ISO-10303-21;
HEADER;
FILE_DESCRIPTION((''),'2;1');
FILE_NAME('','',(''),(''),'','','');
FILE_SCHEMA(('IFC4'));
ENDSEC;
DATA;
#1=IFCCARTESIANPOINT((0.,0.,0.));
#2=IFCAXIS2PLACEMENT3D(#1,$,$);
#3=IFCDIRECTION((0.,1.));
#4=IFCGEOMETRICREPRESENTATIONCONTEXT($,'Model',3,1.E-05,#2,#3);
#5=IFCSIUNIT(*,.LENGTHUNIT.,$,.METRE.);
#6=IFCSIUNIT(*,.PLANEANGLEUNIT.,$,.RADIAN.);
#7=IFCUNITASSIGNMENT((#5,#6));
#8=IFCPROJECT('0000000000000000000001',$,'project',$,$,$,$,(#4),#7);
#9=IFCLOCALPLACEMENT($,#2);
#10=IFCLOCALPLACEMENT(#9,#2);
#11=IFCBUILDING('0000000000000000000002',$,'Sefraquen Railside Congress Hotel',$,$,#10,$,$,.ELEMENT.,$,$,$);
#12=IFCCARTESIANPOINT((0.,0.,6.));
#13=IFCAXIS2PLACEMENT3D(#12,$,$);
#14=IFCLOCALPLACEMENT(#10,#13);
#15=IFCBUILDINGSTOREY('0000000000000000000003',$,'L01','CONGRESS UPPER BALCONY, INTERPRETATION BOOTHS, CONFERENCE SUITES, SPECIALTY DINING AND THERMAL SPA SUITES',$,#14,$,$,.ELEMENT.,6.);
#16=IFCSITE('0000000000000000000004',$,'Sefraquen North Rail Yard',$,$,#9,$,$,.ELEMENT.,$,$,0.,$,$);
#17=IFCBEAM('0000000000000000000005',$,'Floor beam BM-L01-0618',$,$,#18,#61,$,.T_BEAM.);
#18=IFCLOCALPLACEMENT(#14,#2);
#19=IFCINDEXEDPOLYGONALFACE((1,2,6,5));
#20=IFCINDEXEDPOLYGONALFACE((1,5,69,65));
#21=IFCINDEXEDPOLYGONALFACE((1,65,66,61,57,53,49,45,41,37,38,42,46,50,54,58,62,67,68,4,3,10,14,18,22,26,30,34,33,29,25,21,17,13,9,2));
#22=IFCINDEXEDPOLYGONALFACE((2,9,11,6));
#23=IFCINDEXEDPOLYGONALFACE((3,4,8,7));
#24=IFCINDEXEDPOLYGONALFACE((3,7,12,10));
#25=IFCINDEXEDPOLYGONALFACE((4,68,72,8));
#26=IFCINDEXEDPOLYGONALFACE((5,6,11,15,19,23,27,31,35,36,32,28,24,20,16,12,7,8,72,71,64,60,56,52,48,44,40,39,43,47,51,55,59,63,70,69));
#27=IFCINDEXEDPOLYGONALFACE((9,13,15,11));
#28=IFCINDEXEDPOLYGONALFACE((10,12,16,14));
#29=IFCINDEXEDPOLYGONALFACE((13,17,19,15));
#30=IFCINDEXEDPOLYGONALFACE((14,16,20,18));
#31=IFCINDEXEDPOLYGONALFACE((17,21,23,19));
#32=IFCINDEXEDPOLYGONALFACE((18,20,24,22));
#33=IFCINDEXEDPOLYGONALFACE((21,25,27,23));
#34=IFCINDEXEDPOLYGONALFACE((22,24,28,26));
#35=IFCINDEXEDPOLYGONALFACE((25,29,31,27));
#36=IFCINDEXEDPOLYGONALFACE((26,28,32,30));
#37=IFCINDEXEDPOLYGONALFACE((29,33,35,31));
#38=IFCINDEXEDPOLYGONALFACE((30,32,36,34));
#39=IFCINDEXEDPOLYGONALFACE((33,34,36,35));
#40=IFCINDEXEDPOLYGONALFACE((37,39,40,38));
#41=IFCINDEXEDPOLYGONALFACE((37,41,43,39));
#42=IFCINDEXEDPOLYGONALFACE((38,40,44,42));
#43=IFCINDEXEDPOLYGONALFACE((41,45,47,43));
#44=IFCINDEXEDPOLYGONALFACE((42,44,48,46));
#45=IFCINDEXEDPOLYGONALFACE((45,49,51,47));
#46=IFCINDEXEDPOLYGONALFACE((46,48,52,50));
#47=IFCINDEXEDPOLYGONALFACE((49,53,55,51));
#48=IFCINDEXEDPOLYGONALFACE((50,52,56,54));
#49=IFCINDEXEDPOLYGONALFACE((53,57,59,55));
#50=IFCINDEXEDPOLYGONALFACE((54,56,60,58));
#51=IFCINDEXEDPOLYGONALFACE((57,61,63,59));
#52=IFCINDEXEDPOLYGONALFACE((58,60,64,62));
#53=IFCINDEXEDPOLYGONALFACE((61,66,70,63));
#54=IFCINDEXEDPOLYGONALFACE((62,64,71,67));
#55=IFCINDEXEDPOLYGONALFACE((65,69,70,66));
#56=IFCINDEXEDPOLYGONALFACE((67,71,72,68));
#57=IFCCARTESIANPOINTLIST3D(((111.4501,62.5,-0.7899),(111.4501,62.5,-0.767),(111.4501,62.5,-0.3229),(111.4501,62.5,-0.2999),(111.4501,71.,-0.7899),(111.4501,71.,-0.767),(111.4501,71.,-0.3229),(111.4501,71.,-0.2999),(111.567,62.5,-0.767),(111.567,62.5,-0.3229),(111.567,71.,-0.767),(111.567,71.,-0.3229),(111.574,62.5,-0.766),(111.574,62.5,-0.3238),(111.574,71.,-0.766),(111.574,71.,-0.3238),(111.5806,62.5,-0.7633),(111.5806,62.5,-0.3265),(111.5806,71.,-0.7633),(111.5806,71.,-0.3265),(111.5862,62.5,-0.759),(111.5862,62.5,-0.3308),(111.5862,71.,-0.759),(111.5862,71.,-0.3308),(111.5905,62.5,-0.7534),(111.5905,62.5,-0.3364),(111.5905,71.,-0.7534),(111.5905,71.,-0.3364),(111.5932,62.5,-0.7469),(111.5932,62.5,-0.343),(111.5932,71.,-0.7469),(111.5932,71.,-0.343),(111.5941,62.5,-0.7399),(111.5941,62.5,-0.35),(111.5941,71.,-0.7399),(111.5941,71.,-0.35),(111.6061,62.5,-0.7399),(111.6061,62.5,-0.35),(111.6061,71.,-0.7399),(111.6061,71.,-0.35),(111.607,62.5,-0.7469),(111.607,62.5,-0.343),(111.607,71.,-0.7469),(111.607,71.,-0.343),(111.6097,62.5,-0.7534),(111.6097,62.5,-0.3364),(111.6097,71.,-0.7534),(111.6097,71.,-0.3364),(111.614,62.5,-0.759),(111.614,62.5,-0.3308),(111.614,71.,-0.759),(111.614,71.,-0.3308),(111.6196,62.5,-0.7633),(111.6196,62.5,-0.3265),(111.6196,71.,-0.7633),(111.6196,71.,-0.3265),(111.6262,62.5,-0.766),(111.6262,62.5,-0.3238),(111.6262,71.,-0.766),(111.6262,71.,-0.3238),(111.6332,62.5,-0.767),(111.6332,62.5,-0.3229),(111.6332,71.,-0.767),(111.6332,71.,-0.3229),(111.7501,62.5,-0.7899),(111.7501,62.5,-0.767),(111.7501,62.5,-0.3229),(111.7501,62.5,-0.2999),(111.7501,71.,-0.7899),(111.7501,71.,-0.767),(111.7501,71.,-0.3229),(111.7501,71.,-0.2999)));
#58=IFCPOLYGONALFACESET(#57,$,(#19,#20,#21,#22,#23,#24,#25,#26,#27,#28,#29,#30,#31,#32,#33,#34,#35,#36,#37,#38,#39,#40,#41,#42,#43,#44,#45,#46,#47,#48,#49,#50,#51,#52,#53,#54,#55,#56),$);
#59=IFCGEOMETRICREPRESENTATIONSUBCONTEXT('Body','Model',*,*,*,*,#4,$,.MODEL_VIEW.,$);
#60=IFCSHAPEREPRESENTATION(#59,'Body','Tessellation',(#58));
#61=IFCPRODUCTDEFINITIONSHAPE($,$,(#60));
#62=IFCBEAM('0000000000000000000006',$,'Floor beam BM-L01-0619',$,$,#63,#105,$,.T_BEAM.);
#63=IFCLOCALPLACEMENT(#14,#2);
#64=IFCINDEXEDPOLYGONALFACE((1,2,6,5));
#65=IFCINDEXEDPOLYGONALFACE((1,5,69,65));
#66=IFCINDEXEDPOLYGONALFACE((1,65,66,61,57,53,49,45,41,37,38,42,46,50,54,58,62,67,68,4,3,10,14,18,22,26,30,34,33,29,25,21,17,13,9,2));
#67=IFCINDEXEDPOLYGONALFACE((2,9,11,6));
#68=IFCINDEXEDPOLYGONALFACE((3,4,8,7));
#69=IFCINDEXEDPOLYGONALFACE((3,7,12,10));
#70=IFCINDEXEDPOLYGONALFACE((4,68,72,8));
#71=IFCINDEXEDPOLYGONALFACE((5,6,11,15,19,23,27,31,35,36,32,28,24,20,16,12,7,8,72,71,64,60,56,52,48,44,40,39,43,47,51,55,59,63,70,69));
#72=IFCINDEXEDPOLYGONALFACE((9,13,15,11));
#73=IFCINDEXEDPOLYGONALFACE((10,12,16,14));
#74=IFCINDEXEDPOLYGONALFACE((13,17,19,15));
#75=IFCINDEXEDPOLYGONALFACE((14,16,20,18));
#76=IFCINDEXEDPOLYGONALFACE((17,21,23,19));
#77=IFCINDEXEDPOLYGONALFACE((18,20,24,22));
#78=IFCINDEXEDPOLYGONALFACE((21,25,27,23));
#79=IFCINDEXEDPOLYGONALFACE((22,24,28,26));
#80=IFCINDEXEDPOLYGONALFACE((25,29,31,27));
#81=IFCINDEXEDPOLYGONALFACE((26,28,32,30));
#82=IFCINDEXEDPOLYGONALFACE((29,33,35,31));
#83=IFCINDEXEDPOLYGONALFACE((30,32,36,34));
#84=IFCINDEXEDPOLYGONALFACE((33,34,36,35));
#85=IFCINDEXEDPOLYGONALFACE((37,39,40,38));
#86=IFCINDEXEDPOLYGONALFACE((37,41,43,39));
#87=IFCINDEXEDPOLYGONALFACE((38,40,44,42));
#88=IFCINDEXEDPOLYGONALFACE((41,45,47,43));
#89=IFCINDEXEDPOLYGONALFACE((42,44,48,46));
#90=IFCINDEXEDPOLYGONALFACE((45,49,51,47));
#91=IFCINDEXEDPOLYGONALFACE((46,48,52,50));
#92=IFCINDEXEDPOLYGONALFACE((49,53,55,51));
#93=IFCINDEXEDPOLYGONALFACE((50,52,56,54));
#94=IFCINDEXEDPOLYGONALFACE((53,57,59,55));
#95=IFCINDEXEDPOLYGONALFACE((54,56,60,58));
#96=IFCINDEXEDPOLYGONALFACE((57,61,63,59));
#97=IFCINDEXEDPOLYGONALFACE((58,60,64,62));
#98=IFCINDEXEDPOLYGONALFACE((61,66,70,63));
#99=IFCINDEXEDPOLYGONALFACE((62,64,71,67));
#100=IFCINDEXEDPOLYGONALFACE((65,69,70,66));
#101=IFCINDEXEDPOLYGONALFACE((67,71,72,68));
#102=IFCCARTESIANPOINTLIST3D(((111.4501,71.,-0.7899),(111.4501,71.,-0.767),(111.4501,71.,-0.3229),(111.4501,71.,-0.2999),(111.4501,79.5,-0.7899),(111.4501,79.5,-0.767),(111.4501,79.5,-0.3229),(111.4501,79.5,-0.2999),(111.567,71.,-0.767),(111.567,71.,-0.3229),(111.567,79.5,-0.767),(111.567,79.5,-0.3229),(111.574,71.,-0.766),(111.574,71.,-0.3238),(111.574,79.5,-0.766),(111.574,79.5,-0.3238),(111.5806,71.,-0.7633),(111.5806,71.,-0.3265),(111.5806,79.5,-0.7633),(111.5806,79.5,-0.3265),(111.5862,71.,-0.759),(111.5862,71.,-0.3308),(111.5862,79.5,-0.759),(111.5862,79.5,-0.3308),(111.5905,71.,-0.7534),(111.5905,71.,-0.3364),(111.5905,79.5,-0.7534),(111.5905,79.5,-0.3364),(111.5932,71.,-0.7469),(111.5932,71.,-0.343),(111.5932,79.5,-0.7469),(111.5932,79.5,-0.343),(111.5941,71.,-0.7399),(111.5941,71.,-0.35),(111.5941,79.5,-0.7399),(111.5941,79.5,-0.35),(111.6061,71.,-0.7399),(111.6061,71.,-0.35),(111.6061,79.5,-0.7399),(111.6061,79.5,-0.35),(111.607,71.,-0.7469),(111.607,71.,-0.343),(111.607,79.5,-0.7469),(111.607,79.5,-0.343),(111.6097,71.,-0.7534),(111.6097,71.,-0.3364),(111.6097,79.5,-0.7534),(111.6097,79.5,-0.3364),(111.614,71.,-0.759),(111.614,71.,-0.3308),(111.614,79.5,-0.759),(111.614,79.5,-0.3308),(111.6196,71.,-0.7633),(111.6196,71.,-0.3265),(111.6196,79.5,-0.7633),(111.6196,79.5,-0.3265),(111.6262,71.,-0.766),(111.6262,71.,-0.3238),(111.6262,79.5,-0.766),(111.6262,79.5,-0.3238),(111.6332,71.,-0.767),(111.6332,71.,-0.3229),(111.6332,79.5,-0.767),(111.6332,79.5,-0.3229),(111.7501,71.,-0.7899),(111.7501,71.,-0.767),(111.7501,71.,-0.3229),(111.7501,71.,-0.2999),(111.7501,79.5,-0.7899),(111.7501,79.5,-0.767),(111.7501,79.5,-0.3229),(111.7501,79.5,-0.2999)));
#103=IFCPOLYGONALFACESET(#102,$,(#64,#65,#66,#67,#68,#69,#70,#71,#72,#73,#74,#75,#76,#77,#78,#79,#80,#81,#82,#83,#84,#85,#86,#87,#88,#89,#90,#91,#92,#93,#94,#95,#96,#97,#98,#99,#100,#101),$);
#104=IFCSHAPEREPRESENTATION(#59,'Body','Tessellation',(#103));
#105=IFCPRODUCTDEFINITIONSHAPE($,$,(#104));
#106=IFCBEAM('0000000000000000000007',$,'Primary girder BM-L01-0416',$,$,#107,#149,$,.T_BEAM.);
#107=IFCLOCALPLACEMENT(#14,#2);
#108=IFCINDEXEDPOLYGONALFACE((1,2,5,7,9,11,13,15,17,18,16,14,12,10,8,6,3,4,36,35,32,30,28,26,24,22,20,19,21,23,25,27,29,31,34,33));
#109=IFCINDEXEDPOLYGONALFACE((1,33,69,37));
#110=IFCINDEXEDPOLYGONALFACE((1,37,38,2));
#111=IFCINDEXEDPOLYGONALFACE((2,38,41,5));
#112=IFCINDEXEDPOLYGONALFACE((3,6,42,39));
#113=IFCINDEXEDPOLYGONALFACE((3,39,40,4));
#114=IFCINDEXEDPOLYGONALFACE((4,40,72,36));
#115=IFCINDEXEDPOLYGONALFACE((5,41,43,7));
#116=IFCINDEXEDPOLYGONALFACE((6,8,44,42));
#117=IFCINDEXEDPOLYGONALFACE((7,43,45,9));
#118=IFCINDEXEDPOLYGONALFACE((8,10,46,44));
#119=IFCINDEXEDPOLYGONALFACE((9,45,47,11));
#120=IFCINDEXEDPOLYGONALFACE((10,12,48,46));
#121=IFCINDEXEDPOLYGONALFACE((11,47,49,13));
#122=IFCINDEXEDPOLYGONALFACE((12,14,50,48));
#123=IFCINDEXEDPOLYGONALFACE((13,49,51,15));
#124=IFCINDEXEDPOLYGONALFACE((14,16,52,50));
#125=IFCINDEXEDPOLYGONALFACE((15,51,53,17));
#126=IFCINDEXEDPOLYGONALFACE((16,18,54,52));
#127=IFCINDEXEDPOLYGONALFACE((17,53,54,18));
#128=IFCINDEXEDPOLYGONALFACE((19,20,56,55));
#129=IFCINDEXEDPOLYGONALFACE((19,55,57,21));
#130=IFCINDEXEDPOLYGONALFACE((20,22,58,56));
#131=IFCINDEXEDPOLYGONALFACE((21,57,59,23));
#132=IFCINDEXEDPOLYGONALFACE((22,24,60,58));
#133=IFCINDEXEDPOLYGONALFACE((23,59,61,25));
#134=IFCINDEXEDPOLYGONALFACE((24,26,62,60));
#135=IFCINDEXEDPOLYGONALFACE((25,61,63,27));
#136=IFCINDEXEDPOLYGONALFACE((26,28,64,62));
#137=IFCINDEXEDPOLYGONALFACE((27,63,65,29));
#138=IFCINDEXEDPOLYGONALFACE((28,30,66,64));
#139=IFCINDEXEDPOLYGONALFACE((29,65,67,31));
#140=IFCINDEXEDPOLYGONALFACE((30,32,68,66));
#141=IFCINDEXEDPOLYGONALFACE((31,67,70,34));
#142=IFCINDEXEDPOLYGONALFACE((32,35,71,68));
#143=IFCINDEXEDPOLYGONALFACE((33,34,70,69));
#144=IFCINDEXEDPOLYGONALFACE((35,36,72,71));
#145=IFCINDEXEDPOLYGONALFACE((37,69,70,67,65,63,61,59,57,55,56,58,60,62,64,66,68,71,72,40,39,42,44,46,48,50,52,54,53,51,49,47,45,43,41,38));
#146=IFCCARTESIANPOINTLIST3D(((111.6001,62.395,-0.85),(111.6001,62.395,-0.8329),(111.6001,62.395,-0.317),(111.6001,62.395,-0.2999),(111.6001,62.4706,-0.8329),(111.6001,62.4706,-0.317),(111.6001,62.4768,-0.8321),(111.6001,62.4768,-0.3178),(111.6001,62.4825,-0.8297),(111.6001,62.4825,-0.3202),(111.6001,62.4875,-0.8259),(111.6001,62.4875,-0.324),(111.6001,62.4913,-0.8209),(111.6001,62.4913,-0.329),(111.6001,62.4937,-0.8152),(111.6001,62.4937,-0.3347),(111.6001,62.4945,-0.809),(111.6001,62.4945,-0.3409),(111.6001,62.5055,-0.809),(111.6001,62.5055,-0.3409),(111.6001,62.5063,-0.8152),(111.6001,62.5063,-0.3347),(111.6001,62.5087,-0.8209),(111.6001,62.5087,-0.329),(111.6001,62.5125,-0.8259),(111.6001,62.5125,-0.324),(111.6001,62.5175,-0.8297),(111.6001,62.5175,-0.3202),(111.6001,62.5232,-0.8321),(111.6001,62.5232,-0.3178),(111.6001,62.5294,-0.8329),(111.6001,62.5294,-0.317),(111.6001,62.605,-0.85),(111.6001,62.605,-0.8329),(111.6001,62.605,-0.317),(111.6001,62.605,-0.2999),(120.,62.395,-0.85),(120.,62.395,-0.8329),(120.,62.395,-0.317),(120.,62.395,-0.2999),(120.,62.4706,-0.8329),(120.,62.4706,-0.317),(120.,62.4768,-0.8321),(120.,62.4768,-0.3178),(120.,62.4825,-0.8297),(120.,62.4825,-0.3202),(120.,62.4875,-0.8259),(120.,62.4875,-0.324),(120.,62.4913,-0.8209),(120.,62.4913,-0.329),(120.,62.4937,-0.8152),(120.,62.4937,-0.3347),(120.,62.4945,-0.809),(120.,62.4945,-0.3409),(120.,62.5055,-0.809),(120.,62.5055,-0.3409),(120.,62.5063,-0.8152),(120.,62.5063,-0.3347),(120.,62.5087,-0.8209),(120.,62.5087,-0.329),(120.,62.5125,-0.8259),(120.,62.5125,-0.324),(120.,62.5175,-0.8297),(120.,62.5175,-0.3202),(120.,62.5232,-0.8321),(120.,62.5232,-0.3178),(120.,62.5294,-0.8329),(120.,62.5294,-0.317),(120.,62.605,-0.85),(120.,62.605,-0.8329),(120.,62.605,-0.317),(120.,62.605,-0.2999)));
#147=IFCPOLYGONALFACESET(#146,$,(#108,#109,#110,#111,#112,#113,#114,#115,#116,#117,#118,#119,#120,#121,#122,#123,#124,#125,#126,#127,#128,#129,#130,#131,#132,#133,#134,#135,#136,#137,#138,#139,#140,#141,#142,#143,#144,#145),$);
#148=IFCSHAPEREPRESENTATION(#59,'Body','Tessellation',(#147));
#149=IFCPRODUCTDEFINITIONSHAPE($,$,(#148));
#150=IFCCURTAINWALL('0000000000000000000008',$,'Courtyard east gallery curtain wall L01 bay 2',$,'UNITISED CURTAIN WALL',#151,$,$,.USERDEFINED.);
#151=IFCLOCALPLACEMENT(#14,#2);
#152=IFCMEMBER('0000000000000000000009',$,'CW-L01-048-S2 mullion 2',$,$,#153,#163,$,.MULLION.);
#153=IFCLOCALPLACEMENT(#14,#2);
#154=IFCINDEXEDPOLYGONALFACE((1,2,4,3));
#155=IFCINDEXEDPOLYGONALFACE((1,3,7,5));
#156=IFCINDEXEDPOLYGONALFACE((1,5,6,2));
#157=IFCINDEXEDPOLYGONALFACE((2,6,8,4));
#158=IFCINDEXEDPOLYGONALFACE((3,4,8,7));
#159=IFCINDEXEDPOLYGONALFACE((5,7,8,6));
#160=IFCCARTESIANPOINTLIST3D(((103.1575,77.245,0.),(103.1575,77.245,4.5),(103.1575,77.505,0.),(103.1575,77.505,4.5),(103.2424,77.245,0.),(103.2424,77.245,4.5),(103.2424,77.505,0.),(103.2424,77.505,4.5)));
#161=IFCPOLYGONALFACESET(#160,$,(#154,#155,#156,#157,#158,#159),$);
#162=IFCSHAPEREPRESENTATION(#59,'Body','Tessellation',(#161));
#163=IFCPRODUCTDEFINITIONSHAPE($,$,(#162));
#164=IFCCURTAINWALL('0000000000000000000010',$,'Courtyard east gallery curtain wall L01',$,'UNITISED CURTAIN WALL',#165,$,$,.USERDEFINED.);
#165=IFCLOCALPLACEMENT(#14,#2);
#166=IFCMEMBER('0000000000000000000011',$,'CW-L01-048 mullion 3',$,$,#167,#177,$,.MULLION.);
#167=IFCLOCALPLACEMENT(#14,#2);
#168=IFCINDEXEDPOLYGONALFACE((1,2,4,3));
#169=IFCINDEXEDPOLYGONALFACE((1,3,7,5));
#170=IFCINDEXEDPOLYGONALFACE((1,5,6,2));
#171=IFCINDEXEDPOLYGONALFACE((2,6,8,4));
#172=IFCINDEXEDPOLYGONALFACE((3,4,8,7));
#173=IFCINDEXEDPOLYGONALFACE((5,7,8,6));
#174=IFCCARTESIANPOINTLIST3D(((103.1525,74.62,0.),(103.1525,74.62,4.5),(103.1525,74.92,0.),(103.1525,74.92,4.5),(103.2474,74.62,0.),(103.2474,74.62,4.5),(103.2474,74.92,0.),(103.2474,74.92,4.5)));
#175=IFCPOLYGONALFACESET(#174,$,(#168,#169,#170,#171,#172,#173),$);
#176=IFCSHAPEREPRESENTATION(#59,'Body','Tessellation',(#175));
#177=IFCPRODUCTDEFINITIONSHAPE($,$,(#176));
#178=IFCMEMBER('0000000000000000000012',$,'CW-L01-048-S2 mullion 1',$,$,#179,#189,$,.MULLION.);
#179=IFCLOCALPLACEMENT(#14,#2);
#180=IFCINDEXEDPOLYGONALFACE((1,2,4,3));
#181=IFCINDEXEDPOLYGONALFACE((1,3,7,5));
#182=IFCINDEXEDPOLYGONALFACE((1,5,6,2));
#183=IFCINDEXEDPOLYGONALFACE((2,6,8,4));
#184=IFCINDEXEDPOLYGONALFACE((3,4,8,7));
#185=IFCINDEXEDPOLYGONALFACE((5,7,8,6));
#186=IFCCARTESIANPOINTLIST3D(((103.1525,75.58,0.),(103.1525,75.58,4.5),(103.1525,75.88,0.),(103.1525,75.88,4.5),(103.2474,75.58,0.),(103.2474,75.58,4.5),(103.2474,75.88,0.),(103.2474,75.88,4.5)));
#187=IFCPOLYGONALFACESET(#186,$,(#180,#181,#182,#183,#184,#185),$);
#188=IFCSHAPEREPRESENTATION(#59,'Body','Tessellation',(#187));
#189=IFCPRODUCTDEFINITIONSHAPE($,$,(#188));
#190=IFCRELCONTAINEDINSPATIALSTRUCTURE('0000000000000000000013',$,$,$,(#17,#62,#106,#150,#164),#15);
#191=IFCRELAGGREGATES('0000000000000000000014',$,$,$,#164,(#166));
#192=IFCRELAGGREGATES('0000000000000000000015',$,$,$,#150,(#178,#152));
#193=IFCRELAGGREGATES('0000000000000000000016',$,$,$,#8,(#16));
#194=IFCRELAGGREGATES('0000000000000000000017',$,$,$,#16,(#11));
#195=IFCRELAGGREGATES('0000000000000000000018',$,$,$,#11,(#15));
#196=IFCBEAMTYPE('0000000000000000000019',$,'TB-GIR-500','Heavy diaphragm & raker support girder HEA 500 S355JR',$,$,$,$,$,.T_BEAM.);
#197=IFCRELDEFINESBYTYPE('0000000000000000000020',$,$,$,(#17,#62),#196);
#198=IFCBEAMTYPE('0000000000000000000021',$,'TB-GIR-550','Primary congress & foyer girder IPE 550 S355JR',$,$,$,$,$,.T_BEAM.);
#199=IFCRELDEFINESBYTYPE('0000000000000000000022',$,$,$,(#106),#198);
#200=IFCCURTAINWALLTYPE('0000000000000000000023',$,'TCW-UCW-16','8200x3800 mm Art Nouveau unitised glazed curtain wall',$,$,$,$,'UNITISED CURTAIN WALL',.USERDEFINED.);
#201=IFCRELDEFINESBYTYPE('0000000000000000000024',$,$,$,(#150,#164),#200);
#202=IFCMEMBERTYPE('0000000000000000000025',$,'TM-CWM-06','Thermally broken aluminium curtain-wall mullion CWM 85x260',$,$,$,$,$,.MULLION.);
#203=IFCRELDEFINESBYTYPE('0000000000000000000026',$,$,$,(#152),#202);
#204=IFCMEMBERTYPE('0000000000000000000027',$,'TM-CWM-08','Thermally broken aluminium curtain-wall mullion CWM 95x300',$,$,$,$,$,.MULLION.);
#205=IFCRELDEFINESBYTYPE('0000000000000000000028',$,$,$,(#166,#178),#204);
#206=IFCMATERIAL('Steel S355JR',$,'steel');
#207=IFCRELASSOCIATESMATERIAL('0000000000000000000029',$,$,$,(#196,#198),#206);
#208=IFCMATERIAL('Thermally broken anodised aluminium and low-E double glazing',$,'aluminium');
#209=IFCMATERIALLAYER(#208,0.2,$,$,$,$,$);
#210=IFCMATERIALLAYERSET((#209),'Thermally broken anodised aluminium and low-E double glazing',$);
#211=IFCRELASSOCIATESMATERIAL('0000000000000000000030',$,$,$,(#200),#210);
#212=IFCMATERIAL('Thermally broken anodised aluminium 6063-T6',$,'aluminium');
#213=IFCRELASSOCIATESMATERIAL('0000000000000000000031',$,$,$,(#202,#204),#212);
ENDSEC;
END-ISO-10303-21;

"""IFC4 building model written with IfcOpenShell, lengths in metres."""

from ifc_helpers import new_model, si_unit, direction, frame, origin, origin_2d, place, context, subcontext, project, spatial, rectangle, i_section, extrude, material, layer, layer_set, material_profile, profile_set, type_object, element, aggregate, save


model = new_model("IFC4")

# Units and contexts
model_context = context("Model", 3, precision=1e-05, world=origin(), true_north=direction((0.0, 1.0)))
body_context = subcontext(model_context, "Body", "Model", "MODEL_VIEW")
ifc_project = project(units=[si_unit("LENGTHUNIT", "METRE"), si_unit("PLANEANGLEUNIT", "RADIAN")], contexts=[model_context])

# Site, building, storey
site_placement = place(None, origin())
site = spatial("IfcSite", under=ifc_project, at=site_placement, Name="Sefraquen North Rail Yard", CompositionType="ELEMENT", RefElevation=0.0)
building_placement = place(site_placement, origin())
building = spatial("IfcBuilding", under=site, at=building_placement, Name="Sefraquen Railside Congress Hotel", CompositionType="ELEMENT")
storey_placement = place(building_placement, frame((0.0, 0.0, 6.0)))
storey = spatial("IfcBuildingStorey", under=building, at=storey_placement, Name="L01", Description="CONGRESS UPPER BALCONY, INTERPRETATION BOOTHS, CONFERENCE SUITES, SPECIALTY DINING AND THERMAL SPA SUITES", CompositionType="ELEMENT", Elevation=6.0)

# Shared definitions
ifc_material_1 = material(Name="Steel S355JR", Category="steel")

# Beams
ifc_material_profile_1 = material_profile(ifc_material_1, i_section(OverallWidth=0.3, OverallDepth=0.49, WebThickness=0.012, FlangeThickness=0.0229, FilletRadius=0.0271, at=origin_2d()), Name="HEA 500")
ifc_profile_set_1 = profile_set([ifc_material_profile_1], Name="Steel S355JR")
beam_type_1 = type_object("IfcBeamType", Name="TB-GIR-500", Description="Heavy diaphragm & raker support girder HEA 500 S355JR", PredefinedType="T_BEAM", material=ifc_profile_set_1)
for number, where, z_axis, x_axis, name in (
    (1, (111.6001, 62.5, -0.5449), (0.0, 1.0, 0.0), (-1.0, 0.0, 0.0), "Floor beam BM-L01-0618"),
    (2, (111.6001, 71.0, -0.5449), (0.0, 1.0, 0.0), (-1.0, 0.0, 0.0), "Floor beam BM-L01-0619"),
):
    element("IfcBeam", number, at=place(storey_placement, frame(where, z_axis=z_axis, x_axis=x_axis)), inside=storey, type_object=beam_type_1, Name=name, PredefinedType="T_BEAM", context=body_context, shape_type="SweptSolid", body=[
        extrude(i_section(OverallWidth=0.3, OverallDepth=0.49, WebThickness=0.012, FlangeThickness=0.0229, FilletRadius=0.0271, at=origin_2d()), origin(), (0.0, 0.0, 1.0), 8.5),
    ])
ifc_material_profile_2 = material_profile(ifc_material_1, i_section(OverallWidth=0.21, OverallDepth=0.55, WebThickness=0.011, FlangeThickness=0.0171, FilletRadius=0.0239, at=origin_2d()), Name="IPE 550")
ifc_profile_set_2 = profile_set([ifc_material_profile_2], Name="Steel S355JR")
beam_type_2 = type_object("IfcBeamType", Name="TB-GIR-550", Description="Primary congress & foyer girder IPE 550 S355JR", PredefinedType="T_BEAM", material=ifc_profile_set_2)
beam_1_placement = place(storey_placement, frame((111.6001, 62.5, -0.575), z_axis=(1.0, 0.0, 0.0), x_axis=(0.0, 1.0, 0.0)))
element("IfcBeam", 3, at=beam_1_placement, inside=storey, type_object=beam_type_2, Name="Primary girder BM-L01-0416", PredefinedType="T_BEAM", context=body_context, shape_type="SweptSolid", body=[
    extrude(i_section(OverallWidth=0.21, OverallDepth=0.55, WebThickness=0.011, FlangeThickness=0.0171, FilletRadius=0.0239, at=origin_2d()), origin(), (0.0, 0.0, 1.0), 8.3999),
])

# Curtain walls, members
ifc_material_2 = material(Name="Thermally broken anodised aluminium and low-E double glazing", Category="aluminium")
ifc_layer_1 = layer(ifc_material_2, 0.2)
ifc_layer_set_1 = layer_set([ifc_layer_1], Name="Thermally broken anodised aluminium and low-E double glazing")
curtain_wall_type = type_object("IfcCurtainWallType", Name="TCW-UCW-16", Description="8200x3800 mm Art Nouveau unitised glazed curtain wall", ElementType="UNITISED CURTAIN WALL", PredefinedType="USERDEFINED", material=ifc_layer_set_1)
curtain_wall_1_placement = place(storey_placement, origin())
curtain_wall_1 = element("IfcCurtainWall", 4, at=curtain_wall_1_placement, inside=storey, type_object=curtain_wall_type, Name="Courtyard east gallery curtain wall L01 bay 2", ObjectType="UNITISED CURTAIN WALL", PredefinedType="USERDEFINED")
ifc_material_3 = material(Name="Thermally broken anodised aluminium 6063-T6", Category="aluminium")
ifc_material_profile_3 = material_profile(ifc_material_3, rectangle(XDim=0.085, YDim=0.26, at=origin_2d()), Name="CWM 85x260")
ifc_profile_set_3 = profile_set([ifc_material_profile_3], Name="Thermally broken anodised aluminium 6063-T6")
member_type_1 = type_object("IfcMemberType", Name="TM-CWM-06", Description="Thermally broken aluminium curtain-wall mullion CWM 85x260", PredefinedType="MULLION", material=ifc_profile_set_3)
member_1_placement = place(storey_placement, frame((103.2, 77.375, 0.0), z_axis=(0.0, 0.0, 1.0), x_axis=(1.0, 0.0, 0.0)))
member_1 = element("IfcMember", 5, at=member_1_placement, type_object=member_type_1, Name="CW-L01-048-S2 mullion 2", PredefinedType="MULLION", context=body_context, shape_type="SweptSolid", body=[
    extrude(rectangle(XDim=0.085, YDim=0.26, at=origin_2d()), origin(), (0.0, 0.0, 1.0), 4.5),
])
curtain_wall_2_placement = place(storey_placement, origin())
curtain_wall_2 = element("IfcCurtainWall", 6, at=curtain_wall_2_placement, inside=storey, type_object=curtain_wall_type, Name="Courtyard east gallery curtain wall L01", ObjectType="UNITISED CURTAIN WALL", PredefinedType="USERDEFINED")
ifc_material_profile_4 = material_profile(ifc_material_3, rectangle(XDim=0.095, YDim=0.3, at=origin_2d()), Name="CWM 95x300")
ifc_profile_set_4 = profile_set([ifc_material_profile_4], Name="Thermally broken anodised aluminium 6063-T6")
member_type_2 = type_object("IfcMemberType", Name="TM-CWM-08", Description="Thermally broken aluminium curtain-wall mullion CWM 95x300", PredefinedType="MULLION", material=ifc_profile_set_4)
member_2_placement = place(storey_placement, frame((103.2, 74.77, 0.0), z_axis=(0.0, 0.0, 1.0), x_axis=(1.0, 0.0, 0.0)))
member_2 = element("IfcMember", 7, at=member_2_placement, type_object=member_type_2, Name="CW-L01-048 mullion 3", PredefinedType="MULLION", context=body_context, shape_type="SweptSolid", body=[
    extrude(rectangle(XDim=0.095, YDim=0.3, at=origin_2d()), origin(), (0.0, 0.0, 1.0), 4.5),
])

# Member
member_3_placement = place(storey_placement, frame((103.2, 75.73, 0.0), z_axis=(0.0, 0.0, 1.0), x_axis=(1.0, 0.0, 0.0)))
member_3 = element("IfcMember", 8, at=member_3_placement, type_object=member_type_2, Name="CW-L01-048-S2 mullion 1", PredefinedType="MULLION", context=body_context, shape_type="SweptSolid", body=[
    extrude(rectangle(XDim=0.095, YDim=0.3, at=origin_2d()), origin(), (0.0, 0.0, 1.0), 4.5),
])

aggregate(curtain_wall_2, [member_2])
aggregate(curtain_wall_1, [member_3, member_1])

save(model, "model.ifc")
